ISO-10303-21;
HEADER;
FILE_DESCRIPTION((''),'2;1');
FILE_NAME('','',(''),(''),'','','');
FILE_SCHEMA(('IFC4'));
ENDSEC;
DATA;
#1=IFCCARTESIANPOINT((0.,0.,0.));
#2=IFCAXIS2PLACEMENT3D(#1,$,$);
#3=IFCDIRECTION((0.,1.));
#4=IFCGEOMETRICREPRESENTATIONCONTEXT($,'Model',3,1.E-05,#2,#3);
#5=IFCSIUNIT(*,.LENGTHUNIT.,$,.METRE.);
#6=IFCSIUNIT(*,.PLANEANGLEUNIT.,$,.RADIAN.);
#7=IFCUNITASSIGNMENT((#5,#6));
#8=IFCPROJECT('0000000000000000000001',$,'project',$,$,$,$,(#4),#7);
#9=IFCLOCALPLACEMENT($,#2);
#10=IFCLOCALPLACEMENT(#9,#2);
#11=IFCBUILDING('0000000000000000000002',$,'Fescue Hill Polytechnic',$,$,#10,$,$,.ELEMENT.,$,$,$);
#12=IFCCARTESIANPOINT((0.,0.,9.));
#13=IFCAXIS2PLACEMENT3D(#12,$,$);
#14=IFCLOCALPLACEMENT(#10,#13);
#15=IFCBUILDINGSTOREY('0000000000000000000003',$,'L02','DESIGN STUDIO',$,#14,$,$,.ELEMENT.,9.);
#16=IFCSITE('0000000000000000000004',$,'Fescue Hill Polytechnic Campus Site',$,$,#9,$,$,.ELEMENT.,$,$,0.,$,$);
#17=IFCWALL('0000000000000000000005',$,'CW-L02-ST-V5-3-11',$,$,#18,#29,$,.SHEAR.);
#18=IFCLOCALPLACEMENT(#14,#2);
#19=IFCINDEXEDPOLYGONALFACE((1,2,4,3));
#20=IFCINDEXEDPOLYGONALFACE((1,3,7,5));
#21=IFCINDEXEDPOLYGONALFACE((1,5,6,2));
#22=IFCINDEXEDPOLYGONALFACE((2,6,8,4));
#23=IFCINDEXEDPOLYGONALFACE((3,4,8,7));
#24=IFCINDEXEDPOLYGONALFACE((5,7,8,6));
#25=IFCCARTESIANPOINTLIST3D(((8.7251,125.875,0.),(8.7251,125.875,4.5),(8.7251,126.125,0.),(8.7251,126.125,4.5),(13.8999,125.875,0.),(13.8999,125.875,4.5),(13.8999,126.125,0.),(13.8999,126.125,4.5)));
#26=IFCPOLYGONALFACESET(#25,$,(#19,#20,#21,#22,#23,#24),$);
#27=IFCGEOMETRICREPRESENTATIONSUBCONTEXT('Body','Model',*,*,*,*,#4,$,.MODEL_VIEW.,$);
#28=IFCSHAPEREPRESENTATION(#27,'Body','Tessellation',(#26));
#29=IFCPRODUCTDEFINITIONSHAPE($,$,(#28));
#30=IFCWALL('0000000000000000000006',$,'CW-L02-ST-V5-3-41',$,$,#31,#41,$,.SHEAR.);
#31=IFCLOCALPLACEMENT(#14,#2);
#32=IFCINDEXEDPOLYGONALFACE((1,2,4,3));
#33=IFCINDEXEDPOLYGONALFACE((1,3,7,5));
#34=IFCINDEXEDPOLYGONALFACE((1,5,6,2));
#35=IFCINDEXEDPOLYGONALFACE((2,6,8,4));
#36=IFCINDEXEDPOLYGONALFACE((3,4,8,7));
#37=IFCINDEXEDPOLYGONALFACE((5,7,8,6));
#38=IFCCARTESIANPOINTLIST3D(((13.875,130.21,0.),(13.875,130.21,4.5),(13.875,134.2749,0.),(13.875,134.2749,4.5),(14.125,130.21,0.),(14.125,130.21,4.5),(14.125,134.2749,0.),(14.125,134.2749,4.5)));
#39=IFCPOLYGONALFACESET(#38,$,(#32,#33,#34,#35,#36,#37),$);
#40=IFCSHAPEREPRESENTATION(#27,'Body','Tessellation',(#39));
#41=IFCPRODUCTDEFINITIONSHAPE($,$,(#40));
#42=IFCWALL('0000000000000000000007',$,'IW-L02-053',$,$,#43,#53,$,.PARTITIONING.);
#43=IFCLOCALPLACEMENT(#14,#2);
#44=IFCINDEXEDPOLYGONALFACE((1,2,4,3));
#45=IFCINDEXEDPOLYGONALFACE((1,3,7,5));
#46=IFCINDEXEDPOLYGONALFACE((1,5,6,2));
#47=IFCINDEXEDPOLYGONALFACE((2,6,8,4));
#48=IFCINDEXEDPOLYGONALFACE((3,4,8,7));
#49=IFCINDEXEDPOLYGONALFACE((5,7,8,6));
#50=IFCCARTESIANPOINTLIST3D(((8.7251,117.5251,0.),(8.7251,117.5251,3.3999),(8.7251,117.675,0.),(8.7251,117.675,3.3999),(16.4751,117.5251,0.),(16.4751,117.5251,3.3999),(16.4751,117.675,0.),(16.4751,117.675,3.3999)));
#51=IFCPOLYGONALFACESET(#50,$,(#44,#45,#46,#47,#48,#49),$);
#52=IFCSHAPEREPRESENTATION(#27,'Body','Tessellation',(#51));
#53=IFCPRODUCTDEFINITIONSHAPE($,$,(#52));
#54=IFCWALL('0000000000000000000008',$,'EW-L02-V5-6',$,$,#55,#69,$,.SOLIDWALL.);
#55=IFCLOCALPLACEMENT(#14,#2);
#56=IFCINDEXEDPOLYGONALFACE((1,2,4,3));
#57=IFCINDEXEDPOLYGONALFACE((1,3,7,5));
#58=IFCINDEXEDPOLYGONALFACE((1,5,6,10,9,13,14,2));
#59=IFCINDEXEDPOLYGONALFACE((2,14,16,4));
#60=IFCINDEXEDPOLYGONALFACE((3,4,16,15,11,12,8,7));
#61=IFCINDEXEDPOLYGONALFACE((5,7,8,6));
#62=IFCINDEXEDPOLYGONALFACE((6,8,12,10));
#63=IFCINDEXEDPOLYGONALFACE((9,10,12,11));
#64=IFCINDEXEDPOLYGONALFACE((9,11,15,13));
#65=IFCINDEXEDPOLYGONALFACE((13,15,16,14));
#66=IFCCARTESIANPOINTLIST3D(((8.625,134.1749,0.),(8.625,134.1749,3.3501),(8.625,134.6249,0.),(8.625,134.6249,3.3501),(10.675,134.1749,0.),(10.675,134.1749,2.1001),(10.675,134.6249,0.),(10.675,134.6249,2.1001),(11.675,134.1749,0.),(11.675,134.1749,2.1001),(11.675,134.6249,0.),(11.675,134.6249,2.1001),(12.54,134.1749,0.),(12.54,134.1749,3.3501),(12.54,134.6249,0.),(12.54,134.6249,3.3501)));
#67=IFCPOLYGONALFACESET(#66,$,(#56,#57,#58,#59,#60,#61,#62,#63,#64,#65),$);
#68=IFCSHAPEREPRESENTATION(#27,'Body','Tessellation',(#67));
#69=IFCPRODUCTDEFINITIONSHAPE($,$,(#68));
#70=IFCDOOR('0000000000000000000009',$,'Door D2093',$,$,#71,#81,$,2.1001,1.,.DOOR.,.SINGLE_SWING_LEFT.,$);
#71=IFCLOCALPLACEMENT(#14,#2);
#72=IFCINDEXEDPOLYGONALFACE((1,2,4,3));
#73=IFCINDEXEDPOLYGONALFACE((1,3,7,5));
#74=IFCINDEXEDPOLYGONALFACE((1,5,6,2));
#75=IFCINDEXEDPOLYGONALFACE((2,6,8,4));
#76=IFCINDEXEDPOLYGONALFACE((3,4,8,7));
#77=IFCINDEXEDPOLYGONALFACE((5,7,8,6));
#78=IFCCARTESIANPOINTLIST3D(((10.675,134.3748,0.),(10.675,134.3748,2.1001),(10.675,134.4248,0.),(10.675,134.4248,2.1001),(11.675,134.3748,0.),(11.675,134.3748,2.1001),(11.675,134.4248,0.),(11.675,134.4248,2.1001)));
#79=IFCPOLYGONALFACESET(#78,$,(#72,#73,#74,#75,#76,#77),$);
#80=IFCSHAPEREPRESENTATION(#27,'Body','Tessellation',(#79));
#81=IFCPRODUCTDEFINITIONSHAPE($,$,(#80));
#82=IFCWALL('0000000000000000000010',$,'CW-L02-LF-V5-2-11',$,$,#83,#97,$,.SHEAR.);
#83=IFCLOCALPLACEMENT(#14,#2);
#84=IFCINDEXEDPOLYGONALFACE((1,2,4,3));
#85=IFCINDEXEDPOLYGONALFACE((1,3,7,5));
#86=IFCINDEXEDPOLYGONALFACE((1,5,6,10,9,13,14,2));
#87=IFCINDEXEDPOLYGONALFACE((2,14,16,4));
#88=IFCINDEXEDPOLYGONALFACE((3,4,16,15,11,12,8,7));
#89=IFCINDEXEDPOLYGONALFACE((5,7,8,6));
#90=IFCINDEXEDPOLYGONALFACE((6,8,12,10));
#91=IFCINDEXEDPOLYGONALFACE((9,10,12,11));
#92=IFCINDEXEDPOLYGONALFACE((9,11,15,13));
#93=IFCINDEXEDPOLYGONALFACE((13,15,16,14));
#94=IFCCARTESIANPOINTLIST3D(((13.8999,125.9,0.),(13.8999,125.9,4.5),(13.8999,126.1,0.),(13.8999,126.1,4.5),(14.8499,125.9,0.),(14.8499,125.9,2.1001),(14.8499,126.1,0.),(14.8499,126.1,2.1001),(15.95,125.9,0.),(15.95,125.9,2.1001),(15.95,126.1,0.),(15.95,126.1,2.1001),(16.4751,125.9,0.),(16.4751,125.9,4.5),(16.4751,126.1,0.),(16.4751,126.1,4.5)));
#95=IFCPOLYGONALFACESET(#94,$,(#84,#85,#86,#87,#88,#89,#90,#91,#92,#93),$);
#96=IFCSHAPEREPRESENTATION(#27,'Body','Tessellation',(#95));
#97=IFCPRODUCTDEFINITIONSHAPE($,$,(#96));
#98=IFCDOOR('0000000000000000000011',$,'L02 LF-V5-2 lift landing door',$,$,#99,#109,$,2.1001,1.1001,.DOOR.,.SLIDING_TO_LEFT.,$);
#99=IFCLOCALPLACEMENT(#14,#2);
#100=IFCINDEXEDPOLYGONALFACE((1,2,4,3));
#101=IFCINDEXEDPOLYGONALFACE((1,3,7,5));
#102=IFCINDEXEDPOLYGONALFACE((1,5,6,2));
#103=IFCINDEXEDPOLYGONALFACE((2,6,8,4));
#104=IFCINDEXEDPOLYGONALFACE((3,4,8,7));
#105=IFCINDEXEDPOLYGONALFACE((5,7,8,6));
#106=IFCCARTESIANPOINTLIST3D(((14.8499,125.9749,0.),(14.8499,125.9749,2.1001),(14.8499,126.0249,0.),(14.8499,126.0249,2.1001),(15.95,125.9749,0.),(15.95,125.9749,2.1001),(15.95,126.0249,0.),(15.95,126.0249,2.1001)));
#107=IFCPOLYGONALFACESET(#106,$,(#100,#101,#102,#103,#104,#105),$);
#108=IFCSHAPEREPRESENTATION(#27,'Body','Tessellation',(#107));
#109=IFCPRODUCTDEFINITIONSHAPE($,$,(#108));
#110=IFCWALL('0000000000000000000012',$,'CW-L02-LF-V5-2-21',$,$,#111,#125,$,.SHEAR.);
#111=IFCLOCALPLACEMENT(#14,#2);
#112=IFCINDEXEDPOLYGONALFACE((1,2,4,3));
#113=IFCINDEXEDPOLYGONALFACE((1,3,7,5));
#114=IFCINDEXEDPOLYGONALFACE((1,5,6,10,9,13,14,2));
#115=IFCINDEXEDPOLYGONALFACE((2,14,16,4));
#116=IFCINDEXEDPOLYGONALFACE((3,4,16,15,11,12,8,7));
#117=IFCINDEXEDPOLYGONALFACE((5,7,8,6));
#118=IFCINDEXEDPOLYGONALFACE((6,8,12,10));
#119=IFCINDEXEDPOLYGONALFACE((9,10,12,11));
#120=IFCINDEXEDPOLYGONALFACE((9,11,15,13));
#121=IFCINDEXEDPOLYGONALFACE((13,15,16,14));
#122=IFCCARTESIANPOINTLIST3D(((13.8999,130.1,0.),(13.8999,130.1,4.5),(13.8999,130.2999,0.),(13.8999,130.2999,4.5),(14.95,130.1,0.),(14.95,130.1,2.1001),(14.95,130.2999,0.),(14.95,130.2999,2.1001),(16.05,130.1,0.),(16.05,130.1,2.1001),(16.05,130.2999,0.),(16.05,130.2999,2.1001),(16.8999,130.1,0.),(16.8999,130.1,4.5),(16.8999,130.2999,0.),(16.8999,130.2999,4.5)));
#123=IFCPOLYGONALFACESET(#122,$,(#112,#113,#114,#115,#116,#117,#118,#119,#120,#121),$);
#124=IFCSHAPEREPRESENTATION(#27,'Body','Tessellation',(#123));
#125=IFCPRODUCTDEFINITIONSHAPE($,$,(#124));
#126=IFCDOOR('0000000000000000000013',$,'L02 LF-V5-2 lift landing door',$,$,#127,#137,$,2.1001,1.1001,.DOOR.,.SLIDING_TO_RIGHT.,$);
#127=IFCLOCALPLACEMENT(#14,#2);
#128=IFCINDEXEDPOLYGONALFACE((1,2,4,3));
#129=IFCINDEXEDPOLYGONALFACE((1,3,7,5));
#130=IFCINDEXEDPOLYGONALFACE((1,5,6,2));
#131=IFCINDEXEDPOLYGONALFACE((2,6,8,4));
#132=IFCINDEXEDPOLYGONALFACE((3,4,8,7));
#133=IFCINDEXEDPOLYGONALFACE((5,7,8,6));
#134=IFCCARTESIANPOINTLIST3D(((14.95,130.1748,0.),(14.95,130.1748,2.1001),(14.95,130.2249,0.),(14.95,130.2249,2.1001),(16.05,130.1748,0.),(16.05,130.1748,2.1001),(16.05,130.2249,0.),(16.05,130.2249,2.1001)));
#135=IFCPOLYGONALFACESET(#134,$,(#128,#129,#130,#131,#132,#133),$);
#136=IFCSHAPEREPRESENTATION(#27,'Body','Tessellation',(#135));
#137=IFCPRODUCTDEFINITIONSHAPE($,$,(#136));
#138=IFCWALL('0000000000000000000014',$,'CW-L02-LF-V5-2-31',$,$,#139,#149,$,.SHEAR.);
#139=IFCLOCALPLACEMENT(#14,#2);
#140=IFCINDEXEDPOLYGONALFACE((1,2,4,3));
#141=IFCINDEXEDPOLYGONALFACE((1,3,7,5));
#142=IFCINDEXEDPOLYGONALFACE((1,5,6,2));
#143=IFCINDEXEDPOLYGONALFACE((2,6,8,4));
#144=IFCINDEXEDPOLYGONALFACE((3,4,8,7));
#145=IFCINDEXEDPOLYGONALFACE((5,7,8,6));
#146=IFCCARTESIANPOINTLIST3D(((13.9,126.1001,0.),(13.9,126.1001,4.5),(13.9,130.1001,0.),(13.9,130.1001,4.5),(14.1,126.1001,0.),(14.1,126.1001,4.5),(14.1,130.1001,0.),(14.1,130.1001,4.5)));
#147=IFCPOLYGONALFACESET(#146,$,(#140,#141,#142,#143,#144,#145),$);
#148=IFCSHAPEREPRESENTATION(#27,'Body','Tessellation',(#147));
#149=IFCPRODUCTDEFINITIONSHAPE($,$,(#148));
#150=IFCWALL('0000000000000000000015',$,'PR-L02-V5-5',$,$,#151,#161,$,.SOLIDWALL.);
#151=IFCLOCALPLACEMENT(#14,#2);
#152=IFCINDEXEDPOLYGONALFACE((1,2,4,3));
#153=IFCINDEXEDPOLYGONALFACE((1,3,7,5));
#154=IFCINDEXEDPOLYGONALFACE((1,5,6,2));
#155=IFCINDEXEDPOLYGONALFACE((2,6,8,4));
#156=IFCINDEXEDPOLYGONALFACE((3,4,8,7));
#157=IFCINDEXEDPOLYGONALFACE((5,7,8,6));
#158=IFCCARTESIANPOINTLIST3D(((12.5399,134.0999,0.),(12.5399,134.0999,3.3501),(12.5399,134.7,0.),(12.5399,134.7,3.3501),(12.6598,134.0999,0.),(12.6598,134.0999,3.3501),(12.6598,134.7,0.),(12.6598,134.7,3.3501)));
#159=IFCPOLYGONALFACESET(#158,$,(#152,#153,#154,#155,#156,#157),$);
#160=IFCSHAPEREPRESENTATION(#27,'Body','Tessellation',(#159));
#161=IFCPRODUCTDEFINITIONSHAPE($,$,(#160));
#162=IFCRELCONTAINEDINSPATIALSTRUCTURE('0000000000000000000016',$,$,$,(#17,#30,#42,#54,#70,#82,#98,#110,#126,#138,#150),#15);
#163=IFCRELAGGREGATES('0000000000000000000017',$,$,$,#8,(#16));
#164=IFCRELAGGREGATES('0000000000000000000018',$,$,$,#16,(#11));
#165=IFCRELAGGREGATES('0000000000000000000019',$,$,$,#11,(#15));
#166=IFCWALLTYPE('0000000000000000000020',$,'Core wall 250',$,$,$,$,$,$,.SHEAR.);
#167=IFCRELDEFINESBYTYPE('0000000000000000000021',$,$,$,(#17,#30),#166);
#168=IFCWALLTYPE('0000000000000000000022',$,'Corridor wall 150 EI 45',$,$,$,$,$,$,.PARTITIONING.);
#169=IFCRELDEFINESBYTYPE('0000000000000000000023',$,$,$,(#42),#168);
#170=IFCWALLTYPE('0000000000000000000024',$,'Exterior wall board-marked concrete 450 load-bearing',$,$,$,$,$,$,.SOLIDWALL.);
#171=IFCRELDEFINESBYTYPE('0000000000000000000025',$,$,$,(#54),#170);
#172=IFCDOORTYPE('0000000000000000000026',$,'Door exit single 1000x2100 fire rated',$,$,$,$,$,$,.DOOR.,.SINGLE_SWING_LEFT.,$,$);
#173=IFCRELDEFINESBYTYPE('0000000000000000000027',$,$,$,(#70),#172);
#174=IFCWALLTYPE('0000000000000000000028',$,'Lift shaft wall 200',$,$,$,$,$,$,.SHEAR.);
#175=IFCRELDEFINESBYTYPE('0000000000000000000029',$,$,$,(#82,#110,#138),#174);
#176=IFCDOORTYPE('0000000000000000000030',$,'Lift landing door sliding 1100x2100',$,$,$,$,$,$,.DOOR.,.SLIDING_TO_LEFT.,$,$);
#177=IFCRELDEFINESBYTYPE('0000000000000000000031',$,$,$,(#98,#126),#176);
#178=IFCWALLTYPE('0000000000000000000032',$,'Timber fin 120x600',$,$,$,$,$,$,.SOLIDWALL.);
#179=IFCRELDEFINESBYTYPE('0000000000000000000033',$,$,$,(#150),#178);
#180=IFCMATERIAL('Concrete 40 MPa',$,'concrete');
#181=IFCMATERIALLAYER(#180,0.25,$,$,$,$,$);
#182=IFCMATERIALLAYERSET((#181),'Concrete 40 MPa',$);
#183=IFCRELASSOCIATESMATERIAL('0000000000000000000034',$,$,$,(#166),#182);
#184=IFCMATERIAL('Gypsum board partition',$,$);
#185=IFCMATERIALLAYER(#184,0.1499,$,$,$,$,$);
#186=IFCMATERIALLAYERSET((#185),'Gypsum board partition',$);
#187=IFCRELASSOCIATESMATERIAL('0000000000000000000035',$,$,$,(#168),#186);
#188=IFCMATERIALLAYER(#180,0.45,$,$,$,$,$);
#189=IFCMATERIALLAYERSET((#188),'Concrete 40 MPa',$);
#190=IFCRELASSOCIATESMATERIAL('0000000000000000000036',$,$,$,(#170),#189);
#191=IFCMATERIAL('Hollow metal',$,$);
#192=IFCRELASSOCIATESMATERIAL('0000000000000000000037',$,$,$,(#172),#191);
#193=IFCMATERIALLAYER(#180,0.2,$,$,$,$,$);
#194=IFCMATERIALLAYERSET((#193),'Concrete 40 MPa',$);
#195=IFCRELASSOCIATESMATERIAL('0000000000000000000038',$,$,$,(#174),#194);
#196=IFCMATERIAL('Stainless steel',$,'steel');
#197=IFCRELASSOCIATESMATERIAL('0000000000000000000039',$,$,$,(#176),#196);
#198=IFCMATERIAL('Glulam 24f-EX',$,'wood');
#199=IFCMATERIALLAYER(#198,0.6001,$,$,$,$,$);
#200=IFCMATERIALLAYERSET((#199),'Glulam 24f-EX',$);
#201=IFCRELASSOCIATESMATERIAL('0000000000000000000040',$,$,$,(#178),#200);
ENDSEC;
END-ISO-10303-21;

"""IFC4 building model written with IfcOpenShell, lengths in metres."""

from ifc_helpers import new_model, si_unit, direction, frame, frame_2d, origin, place, context, subcontext, project, spatial, rectangle, extrude, material, layer, layer_set, type_object, element, fill, save


model = new_model("IFC4")

# Units and contexts
model_context = context("Model", 3, precision=1e-05, world=origin(), true_north=direction((0.0, 1.0)))
body_context = subcontext(model_context, "Body", "Model", "MODEL_VIEW")
ifc_project = project(units=[si_unit("LENGTHUNIT", "METRE"), si_unit("PLANEANGLEUNIT", "RADIAN")], contexts=[model_context])

# Site, building, storey
site_placement = place(None, origin())
site = spatial("IfcSite", under=ifc_project, at=site_placement, Name="Fescue Hill Polytechnic Campus Site", CompositionType="ELEMENT", RefElevation=0.0)
building_placement = place(site_placement, origin())
building = spatial("IfcBuilding", under=site, at=building_placement, Name="Fescue Hill Polytechnic", CompositionType="ELEMENT")
storey_placement = place(building_placement, frame((0.0, 0.0, 9.0)))
storey = spatial("IfcBuildingStorey", under=building, at=storey_placement, Name="L02", Description="DESIGN STUDIO", CompositionType="ELEMENT", Elevation=9.0)

# Walls
ifc_material_1 = material(Name="Concrete 40 MPa", Category="concrete")
ifc_layer_1 = layer(ifc_material_1, 0.25)
ifc_layer_set_1 = layer_set([ifc_layer_1], Name="Concrete 40 MPa")
wall_type_1 = type_object("IfcWallType", Name="Core wall 250", PredefinedType="SHEAR", material=ifc_layer_set_1)
wall_1_placement = place(storey_placement, frame((8.7251, 126.0, 0.0), z_axis=(0.0, 0.0, 1.0), x_axis=(1.0, 0.0, 0.0)))
element("IfcWall", 1, at=wall_1_placement, inside=storey, type_object=wall_type_1, Name="CW-L02-ST-V5-3-11", PredefinedType="SHEAR", context=body_context, shape_type="SweptSolid", body=[
    extrude(rectangle(XDim=5.1748, YDim=0.25, at=frame_2d((2.5874, 0.0))), origin(), (0.0, 0.0, 1.0), 4.5),
])
wall_2_placement = place(storey_placement, frame((14.0, 130.21, 0.0), z_axis=(0.0, 0.0, 1.0), x_axis=(0.0, 1.0, 0.0)))
element("IfcWall", 2, at=wall_2_placement, inside=storey, type_object=wall_type_1, Name="CW-L02-ST-V5-3-41", PredefinedType="SHEAR", context=body_context, shape_type="SweptSolid", body=[
    extrude(rectangle(XDim=4.0649, YDim=0.25, at=frame_2d((2.0325, 0.0))), origin(), (0.0, 0.0, 1.0), 4.5),
])
ifc_material_2 = material(Name="Gypsum board partition")
ifc_layer_2 = layer(ifc_material_2, 0.1499)
ifc_layer_set_2 = layer_set([ifc_layer_2], Name="Gypsum board partition")
wall_type_2 = type_object("IfcWallType", Name="Corridor wall 150 EI 45", PredefinedType="PARTITIONING", material=ifc_layer_set_2)
wall_3_placement = place(storey_placement, frame((8.7251, 117.6001, 0.0), z_axis=(0.0, 0.0, 1.0), x_axis=(1.0, 0.0, 0.0)))
element("IfcWall", 3, at=wall_3_placement, inside=storey, type_object=wall_type_2, Name="IW-L02-053", PredefinedType="PARTITIONING", context=body_context, shape_type="SweptSolid", body=[
    extrude(rectangle(XDim=7.75, YDim=0.1499, at=frame_2d((3.875, 0.0))), origin(), (0.0, 0.0, 1.0), 3.3999),
])

# Walls, openings, doors
ifc_layer_3 = layer(ifc_material_1, 0.45)
ifc_layer_set_3 = layer_set([ifc_layer_3], Name="Concrete 40 MPa")
wall_type_3 = type_object("IfcWallType", Name="Exterior wall board-marked concrete 450 load-bearing", PredefinedType="SOLIDWALL", material=ifc_layer_set_3)
wall_4_placement = place(storey_placement, frame((12.54, 134.3999, 0.0), z_axis=(0.0, 0.0, 1.0), x_axis=(-1.0, 0.0, 0.0)))
wall_4 = element("IfcWall", 4, at=wall_4_placement, inside=storey, type_object=wall_type_3, Name="EW-L02-V5-6", PredefinedType="SOLIDWALL", context=body_context, shape_type="SweptSolid", body=[
    extrude(rectangle(XDim=3.915, YDim=0.45, at=frame_2d((1.9575, 0.0))), origin(), (0.0, 0.0, 1.0), 3.3501),
])
opening_1_placement = place(wall_4_placement, frame((1.865, 0.0, 0.0), z_axis=(0.0, 0.0, 1.0), x_axis=(-1.0, 0.0, 0.0)))
opening_1 = element("IfcOpeningElement", 5, at=opening_1_placement, cuts=wall_4, PredefinedType="OPENING", context=body_context, shape_type="SweptSolid", body=[
    extrude(rectangle(XDim=1.0, YDim=2.1001, at=frame_2d((0.5, 1.05))), frame((0.0, 0.2349, 0.0), z_axis=(0.0, -1.0, 0.0), x_axis=(1.0, 0.0, 0.0)), (0.0, 0.0, 1.0), 0.47),
])
ifc_material_3 = material(Name="Hollow metal")
door_type_1 = type_object("IfcDoorType", Name="Door exit single 1000x2100 fire rated", OperationType="SINGLE_SWING_LEFT", PredefinedType="DOOR", material=ifc_material_3)
door_1_placement = place(opening_1_placement, origin())
door_1 = element("IfcDoor", 6, at=door_1_placement, inside=storey, type_object=door_type_1, Name="Door D2093", OperationType="SINGLE_SWING_LEFT", OverallHeight=2.1001, OverallWidth=1.0, PredefinedType="DOOR", context=body_context, shape_type="SweptSolid", body=[
    extrude(rectangle(XDim=1.0, YDim=2.1001, at=frame_2d((0.5, 1.05))), frame((0.0, 0.0249, 0.0), z_axis=(0.0, -1.0, 0.0), x_axis=(1.0, 0.0, 0.0)), (0.0, 0.0, 1.0), 0.05),
])
fill(opening_1, door_1)
ifc_layer_4 = layer(ifc_material_1, 0.2)
ifc_layer_set_4 = layer_set([ifc_layer_4], Name="Concrete 40 MPa")
wall_type_4 = type_object("IfcWallType", Name="Lift shaft wall 200", PredefinedType="SHEAR", material=ifc_layer_set_4)
wall_5_placement = place(storey_placement, frame((13.8999, 126.0, 0.0), z_axis=(0.0, 0.0, 1.0), x_axis=(1.0, 0.0, 0.0)))
wall_5 = element("IfcWall", 7, at=wall_5_placement, inside=storey, type_object=wall_type_4, Name="CW-L02-LF-V5-2-11", PredefinedType="SHEAR", context=body_context, shape_type="SweptSolid", body=[
    extrude(rectangle(XDim=2.5752, YDim=0.2, at=frame_2d((1.2876, 0.0))), origin(), (0.0, 0.0, 1.0), 4.5),
])
opening_2_placement = place(wall_5_placement, frame((0.95, 0.0, 0.0)))
opening_2 = element("IfcOpeningElement", 8, at=opening_2_placement, cuts=wall_5, PredefinedType="OPENING", context=body_context, shape_type="SweptSolid", body=[
    extrude(rectangle(XDim=1.1001, YDim=2.1001, at=frame_2d((0.55, 1.05))), frame((0.0, 0.1099, 0.0), z_axis=(0.0, -1.0, 0.0), x_axis=(1.0, 0.0, 0.0)), (0.0, 0.0, 1.0), 0.22),
])
ifc_material_4 = material(Name="Stainless steel", Category="steel")
door_type_2 = type_object("IfcDoorType", Name="Lift landing door sliding 1100x2100", OperationType="SLIDING_TO_LEFT", PredefinedType="DOOR", material=ifc_material_4)
door_2_placement = place(opening_2_placement, origin())
door_2 = element("IfcDoor", 9, at=door_2_placement, inside=storey, type_object=door_type_2, Name="L02 LF-V5-2 lift landing door", OperationType="SLIDING_TO_LEFT", OverallHeight=2.1001, OverallWidth=1.1001, PredefinedType="DOOR", context=body_context, shape_type="SweptSolid", body=[
    extrude(rectangle(XDim=1.1001, YDim=2.1001, at=frame_2d((0.55, 1.05))), frame((0.0, 0.0249, 0.0), z_axis=(0.0, -1.0, 0.0), x_axis=(1.0, 0.0, 0.0)), (0.0, 0.0, 1.0), 0.05),
])
fill(opening_2, door_2)
wall_6_placement = place(storey_placement, frame((13.8999, 130.2, 0.0), z_axis=(0.0, 0.0, 1.0), x_axis=(1.0, 0.0, 0.0)))
wall_6 = element("IfcWall", 10, at=wall_6_placement, inside=storey, type_object=wall_type_4, Name="CW-L02-LF-V5-2-21", PredefinedType="SHEAR", context=body_context, shape_type="SweptSolid", body=[
    extrude(rectangle(XDim=3.0, YDim=0.2, at=frame_2d((1.5, 0.0))), origin(), (0.0, 0.0, 1.0), 4.5),
])
opening_3_placement = place(wall_6_placement, frame((1.05, 0.0, 0.0)))
opening_3 = element("IfcOpeningElement", 11, at=opening_3_placement, cuts=wall_6, PredefinedType="OPENING", context=body_context, shape_type="SweptSolid", body=[
    extrude(rectangle(XDim=1.1001, YDim=2.1001, at=frame_2d((0.55, 1.05))), frame((0.0, 0.1099, 0.0), z_axis=(0.0, -1.0, 0.0), x_axis=(1.0, 0.0, 0.0)), (0.0, 0.0, 1.0), 0.22),
])
door_3_placement = place(opening_3_placement, origin())
door_3 = element("IfcDoor", 12, at=door_3_placement, inside=storey, type_object=door_type_2, Name="L02 LF-V5-2 lift landing door", OperationType="SLIDING_TO_RIGHT", OverallHeight=2.1001, OverallWidth=1.1001, PredefinedType="DOOR", context=body_context, shape_type="SweptSolid", body=[
    extrude(rectangle(XDim=1.1001, YDim=2.1001, at=frame_2d((0.55, 1.05))), frame((0.0, 0.0249, 0.0), z_axis=(0.0, -1.0, 0.0), x_axis=(1.0, 0.0, 0.0)), (0.0, 0.0, 1.0), 0.05),
])
fill(opening_3, door_3)

# Walls
wall_7_placement = place(storey_placement, frame((14.0, 126.1001, 0.0), z_axis=(0.0, 0.0, 1.0), x_axis=(0.0, 1.0, 0.0)))
element("IfcWall", 13, at=wall_7_placement, inside=storey, type_object=wall_type_4, Name="CW-L02-LF-V5-2-31", PredefinedType="SHEAR", context=body_context, shape_type="SweptSolid", body=[
    extrude(rectangle(XDim=4.0, YDim=0.2, at=frame_2d((2.0, 0.0))), origin(), (0.0, 0.0, 1.0), 4.5),
])
ifc_material_5 = material(Name="Glulam 24f-EX", Category="wood")
ifc_layer_5 = layer(ifc_material_5, 0.6001)
ifc_layer_set_5 = layer_set([ifc_layer_5], Name="Glulam 24f-EX")
wall_type_5 = type_object("IfcWallType", Name="Timber fin 120x600", PredefinedType="SOLIDWALL", material=ifc_layer_set_5)
wall_8_placement = place(storey_placement, frame((12.6599, 134.3999, 0.0), z_axis=(0.0, 0.0, 1.0), x_axis=(-1.0, 0.0, 0.0)))
element("IfcWall", 14, at=wall_8_placement, inside=storey, type_object=wall_type_5, Name="PR-L02-V5-5", PredefinedType="SOLIDWALL", context=body_context, shape_type="SweptSolid", body=[
    extrude(rectangle(XDim=0.1199, YDim=0.6001, at=frame_2d((0.0601, 0.0))), origin(), (0.0, 0.0, 1.0), 3.3501),
])

save(model, "model.ifc")
